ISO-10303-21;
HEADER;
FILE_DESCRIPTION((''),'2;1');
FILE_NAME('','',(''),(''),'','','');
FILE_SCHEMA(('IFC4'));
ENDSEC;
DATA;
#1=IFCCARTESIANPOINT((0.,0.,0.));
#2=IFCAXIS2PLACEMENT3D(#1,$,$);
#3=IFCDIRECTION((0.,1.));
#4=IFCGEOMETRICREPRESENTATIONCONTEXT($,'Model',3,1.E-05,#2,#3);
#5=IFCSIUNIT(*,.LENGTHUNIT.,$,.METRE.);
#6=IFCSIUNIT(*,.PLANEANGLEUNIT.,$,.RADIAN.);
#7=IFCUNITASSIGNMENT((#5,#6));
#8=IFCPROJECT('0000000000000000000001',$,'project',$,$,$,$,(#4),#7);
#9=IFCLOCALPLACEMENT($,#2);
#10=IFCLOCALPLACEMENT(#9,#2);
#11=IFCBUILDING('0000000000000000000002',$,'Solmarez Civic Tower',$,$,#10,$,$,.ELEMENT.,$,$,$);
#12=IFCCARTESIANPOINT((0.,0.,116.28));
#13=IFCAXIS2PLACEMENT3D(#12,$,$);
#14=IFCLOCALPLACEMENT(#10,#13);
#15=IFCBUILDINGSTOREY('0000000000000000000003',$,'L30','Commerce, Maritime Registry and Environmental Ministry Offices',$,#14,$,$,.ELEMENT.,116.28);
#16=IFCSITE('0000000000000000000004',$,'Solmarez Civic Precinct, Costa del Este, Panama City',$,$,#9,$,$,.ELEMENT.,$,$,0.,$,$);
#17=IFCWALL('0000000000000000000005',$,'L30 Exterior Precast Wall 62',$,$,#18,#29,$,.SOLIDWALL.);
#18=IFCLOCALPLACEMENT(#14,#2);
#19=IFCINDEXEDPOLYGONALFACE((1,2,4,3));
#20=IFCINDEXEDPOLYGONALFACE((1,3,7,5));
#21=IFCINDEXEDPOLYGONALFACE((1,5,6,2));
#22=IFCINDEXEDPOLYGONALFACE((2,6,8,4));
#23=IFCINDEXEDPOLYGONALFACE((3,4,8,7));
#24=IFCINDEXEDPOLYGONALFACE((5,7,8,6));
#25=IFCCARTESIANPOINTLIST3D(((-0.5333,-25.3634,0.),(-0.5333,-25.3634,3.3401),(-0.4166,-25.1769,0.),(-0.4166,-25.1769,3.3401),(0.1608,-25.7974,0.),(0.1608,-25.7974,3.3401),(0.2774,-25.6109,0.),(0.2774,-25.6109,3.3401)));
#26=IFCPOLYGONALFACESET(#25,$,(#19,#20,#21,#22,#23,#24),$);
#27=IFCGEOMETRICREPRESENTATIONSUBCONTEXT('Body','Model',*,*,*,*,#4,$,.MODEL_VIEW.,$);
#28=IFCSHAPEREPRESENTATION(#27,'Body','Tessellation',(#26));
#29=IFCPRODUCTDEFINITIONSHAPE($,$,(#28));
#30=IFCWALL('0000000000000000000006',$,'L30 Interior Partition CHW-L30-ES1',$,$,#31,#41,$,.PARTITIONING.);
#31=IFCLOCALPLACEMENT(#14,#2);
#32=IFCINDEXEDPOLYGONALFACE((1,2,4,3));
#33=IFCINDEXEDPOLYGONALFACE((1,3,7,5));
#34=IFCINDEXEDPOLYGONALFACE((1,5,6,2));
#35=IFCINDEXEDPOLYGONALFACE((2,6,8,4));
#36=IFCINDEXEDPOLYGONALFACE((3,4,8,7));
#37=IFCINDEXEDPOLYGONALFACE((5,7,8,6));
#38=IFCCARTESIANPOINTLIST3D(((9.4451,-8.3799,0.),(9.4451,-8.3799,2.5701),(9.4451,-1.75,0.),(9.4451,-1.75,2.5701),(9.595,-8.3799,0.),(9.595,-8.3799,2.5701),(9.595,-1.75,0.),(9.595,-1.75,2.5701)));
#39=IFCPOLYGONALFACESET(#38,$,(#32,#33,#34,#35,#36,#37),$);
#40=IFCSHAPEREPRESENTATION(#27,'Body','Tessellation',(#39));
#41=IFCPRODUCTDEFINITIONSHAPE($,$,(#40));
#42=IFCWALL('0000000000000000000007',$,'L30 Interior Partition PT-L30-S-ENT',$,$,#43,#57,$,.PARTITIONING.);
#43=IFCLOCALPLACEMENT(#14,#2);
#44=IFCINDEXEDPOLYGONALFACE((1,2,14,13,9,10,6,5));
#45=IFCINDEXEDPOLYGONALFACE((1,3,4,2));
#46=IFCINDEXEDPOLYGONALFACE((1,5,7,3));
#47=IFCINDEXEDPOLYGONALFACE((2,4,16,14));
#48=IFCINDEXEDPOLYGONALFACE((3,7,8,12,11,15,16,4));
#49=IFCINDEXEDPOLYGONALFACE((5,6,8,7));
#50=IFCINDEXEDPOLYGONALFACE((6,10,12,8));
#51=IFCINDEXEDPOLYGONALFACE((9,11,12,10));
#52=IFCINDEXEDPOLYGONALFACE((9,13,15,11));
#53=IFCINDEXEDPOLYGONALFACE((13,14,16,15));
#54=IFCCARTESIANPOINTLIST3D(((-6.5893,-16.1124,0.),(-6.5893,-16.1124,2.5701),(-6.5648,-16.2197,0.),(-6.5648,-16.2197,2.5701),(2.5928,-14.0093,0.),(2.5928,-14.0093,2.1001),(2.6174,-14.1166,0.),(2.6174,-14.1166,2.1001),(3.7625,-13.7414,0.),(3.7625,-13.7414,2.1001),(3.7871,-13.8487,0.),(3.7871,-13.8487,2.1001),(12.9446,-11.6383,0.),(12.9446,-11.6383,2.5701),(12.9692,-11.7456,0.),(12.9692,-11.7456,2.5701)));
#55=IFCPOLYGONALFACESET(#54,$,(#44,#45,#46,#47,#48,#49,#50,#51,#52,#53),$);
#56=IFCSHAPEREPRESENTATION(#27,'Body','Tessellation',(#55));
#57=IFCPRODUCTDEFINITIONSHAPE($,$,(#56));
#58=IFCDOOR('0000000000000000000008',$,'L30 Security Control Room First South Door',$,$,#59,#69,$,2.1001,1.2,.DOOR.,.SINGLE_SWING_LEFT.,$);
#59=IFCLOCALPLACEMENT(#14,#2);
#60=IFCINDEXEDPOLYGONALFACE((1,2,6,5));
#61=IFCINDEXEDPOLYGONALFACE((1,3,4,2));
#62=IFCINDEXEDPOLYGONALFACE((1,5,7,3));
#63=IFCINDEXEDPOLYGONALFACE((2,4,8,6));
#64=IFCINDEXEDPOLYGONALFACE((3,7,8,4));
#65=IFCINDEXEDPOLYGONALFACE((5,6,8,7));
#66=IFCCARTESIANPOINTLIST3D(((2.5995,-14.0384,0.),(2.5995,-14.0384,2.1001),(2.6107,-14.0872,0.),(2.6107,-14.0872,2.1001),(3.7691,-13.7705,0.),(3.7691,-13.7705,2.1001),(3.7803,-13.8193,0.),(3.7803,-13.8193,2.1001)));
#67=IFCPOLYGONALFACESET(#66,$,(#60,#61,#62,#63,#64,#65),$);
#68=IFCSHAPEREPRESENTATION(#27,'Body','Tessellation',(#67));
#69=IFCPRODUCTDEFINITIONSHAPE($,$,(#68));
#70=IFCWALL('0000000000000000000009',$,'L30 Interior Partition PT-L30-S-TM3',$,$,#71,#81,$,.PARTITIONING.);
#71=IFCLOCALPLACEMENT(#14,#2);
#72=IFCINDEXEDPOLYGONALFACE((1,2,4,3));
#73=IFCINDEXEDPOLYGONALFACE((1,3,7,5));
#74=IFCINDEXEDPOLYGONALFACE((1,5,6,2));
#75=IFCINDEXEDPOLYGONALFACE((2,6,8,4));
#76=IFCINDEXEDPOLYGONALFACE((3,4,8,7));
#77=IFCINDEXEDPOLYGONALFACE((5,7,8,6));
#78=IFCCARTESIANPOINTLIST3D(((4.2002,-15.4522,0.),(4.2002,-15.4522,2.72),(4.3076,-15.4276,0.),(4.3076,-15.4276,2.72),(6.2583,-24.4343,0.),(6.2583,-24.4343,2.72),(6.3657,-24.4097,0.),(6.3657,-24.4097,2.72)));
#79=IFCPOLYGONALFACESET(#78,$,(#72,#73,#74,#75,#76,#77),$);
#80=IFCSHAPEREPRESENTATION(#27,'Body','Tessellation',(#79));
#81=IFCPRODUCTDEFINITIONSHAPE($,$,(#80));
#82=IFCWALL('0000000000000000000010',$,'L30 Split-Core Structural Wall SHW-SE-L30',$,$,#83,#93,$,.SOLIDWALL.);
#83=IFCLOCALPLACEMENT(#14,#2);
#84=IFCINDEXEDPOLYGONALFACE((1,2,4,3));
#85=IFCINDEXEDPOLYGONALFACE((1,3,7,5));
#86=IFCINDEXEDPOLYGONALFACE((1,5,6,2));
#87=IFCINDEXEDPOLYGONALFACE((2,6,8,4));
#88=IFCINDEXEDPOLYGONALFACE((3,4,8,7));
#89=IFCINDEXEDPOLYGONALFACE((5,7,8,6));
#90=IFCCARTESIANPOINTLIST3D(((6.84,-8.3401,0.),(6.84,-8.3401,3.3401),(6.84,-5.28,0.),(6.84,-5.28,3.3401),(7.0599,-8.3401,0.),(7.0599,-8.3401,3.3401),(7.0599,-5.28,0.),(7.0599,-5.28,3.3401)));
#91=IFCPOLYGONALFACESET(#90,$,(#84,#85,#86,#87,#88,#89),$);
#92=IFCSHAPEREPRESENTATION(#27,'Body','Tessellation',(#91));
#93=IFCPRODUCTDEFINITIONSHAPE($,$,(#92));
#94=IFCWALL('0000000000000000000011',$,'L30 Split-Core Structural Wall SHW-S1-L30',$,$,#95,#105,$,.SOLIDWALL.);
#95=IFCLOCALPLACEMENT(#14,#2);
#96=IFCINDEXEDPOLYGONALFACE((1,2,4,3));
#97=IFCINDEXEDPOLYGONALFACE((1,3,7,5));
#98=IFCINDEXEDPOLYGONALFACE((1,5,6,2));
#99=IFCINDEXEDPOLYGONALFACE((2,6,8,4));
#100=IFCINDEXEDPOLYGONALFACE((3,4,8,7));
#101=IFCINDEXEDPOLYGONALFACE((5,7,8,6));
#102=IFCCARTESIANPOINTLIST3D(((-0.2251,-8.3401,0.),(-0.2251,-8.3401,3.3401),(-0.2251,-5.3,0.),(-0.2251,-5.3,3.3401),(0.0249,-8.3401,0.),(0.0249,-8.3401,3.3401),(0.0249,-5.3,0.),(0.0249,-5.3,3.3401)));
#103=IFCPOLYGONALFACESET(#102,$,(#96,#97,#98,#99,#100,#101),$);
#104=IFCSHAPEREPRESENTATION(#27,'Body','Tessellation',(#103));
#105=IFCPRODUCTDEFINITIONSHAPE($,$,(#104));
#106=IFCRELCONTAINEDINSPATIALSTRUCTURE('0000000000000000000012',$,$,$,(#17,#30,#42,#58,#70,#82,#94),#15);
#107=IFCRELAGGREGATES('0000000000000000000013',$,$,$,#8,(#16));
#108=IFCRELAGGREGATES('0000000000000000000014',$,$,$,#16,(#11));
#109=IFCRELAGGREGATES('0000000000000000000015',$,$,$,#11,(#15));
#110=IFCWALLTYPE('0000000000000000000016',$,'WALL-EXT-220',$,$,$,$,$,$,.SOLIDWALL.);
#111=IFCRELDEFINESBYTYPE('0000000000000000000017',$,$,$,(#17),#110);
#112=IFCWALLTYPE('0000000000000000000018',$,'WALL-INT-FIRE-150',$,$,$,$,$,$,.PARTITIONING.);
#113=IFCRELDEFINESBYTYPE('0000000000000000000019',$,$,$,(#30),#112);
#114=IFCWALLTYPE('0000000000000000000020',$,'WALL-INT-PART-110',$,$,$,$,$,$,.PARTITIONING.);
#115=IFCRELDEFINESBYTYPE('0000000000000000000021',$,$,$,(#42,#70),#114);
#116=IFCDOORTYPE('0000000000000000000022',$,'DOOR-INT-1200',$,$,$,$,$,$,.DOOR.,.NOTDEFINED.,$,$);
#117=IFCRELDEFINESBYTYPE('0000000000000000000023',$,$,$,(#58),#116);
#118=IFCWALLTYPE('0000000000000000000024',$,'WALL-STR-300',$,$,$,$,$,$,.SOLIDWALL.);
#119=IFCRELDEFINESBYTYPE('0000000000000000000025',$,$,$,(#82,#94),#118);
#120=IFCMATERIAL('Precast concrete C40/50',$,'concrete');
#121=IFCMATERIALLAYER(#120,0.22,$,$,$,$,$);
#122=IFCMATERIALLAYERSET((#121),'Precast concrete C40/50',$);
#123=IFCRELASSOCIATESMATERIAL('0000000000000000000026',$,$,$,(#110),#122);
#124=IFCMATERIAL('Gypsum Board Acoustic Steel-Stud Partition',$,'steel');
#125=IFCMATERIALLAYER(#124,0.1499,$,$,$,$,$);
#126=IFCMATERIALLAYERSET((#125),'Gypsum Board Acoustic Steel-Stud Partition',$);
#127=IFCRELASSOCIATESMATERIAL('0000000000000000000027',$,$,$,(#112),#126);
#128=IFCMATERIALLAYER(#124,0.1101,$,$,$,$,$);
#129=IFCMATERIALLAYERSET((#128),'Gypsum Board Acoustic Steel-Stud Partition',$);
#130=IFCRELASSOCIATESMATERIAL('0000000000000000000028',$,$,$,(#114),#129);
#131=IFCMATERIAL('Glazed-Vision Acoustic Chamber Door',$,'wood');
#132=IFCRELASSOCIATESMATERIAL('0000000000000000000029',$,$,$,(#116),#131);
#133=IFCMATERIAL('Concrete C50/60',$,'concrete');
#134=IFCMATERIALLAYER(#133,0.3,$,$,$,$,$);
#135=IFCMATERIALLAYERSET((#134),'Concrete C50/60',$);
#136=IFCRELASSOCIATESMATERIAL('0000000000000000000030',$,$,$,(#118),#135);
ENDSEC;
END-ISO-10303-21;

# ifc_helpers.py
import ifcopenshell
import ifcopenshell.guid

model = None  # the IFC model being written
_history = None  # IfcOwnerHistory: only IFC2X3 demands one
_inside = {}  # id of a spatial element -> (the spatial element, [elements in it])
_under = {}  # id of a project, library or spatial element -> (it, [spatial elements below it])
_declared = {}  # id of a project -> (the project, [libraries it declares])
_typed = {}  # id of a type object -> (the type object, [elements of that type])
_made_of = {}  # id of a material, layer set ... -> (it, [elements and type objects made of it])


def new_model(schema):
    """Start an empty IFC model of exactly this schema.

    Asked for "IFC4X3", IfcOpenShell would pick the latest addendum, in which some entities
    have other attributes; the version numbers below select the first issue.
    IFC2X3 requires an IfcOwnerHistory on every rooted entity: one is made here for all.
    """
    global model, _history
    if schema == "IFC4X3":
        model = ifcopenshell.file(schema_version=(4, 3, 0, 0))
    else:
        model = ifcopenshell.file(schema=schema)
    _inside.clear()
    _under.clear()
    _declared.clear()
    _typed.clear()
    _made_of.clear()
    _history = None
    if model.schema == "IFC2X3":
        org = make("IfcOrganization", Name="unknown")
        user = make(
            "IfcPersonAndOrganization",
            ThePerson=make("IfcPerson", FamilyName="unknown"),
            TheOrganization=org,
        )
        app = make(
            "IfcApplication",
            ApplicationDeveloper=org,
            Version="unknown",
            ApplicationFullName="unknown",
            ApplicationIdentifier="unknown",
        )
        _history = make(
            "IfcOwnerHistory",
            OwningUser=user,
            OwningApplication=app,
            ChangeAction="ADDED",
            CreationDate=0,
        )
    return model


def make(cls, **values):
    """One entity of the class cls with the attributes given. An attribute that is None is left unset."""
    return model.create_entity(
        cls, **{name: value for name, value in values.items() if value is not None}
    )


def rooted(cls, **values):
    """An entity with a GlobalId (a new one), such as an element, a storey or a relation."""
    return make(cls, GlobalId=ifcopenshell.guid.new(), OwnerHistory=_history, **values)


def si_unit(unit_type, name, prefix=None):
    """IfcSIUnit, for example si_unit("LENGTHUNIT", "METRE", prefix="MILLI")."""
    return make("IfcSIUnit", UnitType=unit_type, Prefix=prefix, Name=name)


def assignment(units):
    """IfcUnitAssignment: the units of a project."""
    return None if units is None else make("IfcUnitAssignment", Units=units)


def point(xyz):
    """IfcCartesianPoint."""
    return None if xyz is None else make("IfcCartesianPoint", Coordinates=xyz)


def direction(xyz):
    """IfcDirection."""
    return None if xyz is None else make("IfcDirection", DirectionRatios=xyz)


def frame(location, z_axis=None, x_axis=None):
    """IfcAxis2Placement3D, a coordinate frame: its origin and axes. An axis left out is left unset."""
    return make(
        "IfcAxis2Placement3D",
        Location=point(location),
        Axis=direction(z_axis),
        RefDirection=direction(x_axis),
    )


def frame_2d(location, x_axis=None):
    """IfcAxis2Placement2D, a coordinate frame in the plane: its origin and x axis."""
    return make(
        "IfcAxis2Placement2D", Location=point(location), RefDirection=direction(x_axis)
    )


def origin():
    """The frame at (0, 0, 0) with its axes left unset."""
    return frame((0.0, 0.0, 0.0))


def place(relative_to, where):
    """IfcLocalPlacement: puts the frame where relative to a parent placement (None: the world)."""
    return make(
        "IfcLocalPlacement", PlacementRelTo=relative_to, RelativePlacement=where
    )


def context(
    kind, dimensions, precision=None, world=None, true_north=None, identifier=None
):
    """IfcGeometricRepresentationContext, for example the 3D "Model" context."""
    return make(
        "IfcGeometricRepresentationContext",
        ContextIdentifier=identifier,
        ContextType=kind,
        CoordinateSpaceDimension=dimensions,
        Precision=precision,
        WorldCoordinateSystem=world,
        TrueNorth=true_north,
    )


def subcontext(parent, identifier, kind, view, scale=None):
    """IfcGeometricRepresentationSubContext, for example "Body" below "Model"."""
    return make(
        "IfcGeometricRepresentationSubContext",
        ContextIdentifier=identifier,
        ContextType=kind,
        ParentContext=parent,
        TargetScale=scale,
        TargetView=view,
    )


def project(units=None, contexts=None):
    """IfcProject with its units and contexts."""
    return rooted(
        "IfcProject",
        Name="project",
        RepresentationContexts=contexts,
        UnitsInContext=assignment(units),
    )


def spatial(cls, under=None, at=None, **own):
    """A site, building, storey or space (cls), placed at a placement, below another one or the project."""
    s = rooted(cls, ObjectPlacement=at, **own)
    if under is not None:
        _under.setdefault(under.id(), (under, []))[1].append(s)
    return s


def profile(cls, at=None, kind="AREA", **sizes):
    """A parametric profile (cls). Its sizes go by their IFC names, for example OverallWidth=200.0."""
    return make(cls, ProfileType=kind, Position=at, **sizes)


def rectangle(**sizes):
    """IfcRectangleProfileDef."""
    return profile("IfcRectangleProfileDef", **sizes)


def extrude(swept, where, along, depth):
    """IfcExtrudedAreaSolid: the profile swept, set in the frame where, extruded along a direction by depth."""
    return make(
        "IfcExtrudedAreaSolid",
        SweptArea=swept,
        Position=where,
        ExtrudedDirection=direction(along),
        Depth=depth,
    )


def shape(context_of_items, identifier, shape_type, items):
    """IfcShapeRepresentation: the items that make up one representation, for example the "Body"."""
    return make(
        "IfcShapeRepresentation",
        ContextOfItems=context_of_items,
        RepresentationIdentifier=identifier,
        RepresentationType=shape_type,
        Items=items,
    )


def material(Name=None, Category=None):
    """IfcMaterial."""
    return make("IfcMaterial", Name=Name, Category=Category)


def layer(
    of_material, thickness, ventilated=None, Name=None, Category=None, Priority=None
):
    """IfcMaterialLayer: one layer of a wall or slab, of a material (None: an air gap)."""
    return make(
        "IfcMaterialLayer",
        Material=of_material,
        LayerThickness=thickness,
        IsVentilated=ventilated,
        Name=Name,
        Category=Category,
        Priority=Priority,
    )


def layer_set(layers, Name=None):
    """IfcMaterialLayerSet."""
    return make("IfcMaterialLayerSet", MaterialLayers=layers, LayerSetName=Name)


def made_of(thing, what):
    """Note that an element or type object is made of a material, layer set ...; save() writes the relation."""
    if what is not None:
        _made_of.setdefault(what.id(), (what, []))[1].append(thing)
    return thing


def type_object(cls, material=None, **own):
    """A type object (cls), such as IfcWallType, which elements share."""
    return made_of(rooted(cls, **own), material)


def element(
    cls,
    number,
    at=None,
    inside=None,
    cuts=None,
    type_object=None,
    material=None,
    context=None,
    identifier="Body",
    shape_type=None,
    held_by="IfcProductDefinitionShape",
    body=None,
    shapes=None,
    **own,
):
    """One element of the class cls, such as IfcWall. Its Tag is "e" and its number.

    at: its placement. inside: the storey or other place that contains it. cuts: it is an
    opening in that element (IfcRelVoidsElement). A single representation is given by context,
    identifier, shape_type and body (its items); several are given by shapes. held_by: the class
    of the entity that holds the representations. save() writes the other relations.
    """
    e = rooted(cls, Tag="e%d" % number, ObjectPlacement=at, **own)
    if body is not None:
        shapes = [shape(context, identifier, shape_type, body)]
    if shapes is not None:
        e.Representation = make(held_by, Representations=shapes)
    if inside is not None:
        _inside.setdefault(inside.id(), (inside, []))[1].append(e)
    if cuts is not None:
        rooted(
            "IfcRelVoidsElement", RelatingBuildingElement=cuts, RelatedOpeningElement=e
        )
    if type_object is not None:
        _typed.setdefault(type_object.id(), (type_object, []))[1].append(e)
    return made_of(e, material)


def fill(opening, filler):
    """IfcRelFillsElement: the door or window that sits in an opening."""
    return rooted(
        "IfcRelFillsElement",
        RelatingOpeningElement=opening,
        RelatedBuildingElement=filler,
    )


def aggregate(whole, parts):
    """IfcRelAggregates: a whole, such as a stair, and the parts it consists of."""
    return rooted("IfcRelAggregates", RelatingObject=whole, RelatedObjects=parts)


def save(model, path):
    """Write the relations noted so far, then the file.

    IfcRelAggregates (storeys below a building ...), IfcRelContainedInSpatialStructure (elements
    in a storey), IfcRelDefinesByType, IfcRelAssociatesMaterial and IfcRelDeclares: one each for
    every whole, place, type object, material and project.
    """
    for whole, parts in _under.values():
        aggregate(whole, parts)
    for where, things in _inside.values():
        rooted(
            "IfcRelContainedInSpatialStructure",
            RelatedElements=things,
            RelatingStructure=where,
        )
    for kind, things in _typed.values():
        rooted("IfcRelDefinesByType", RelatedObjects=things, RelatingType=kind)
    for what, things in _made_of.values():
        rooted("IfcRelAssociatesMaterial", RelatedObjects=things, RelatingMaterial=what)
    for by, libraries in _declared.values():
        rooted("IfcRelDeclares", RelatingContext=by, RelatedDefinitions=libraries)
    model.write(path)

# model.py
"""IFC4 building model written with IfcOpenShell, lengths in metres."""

from ifc_helpers import new_model, si_unit, direction, frame, frame_2d, origin, place, context, subcontext, project, spatial, rectangle, extrude, material, layer, layer_set, type_object, element, fill, save


model = new_model("IFC4")

# Units and contexts
model_context = context("Model", 3, precision=1e-05, world=origin(), true_north=direction((0.0, 1.0)))
body_context = subcontext(model_context, "Body", "Model", "MODEL_VIEW")
ifc_project = project(units=[si_unit("LENGTHUNIT", "METRE"), si_unit("PLANEANGLEUNIT", "RADIAN")], contexts=[model_context])

# Site, building, storey
site_placement = place(None, origin())
site = spatial("IfcSite", under=ifc_project, at=site_placement, Name="Solmarez Civic Precinct, Costa del Este, Panama City", CompositionType="ELEMENT", RefElevation=0.0)
building_placement = place(site_placement, origin())
building = spatial("IfcBuilding", under=site, at=building_placement, Name="Solmarez Civic Tower", CompositionType="ELEMENT")
storey_placement = place(building_placement, frame((0.0, 0.0, 116.28)))
storey = spatial("IfcBuildingStorey", under=building, at=storey_placement, Name="L30", Description="Commerce, Maritime Registry and Environmental Ministry Offices", CompositionType="ELEMENT", Elevation=116.28)

# Shared definitions
ifc_material_1 = material(Name="Concrete C50/60", Category="concrete")

# Shared definitions
ifc_material_2 = material(Name="Precast concrete C40/50", Category="concrete")
ifc_layer_1 = layer(ifc_material_2, 0.22)
ifc_layer_set_1 = layer_set([ifc_layer_1], Name="Precast concrete C40/50")
wall_type_1 = type_object("IfcWallType", Name="WALL-EXT-220", PredefinedType="SOLIDWALL", material=ifc_layer_set_1)

# Walls
wall_1_placement = place(storey_placement, frame((0.219, -25.7041, 0.0), z_axis=(0.0, 0.0, 1.0), x_axis=(-0.847847, 0.53024, 0.0)))
element("IfcWall", 1, at=wall_1_placement, inside=storey, type_object=wall_type_1, Name="L30 Exterior Precast Wall 62", PredefinedType="SOLIDWALL", context=body_context, shape_type="SweptSolid", body=[
    extrude(rectangle(XDim=0.8186, YDim=0.22, at=frame_2d((0.4092, 0.0))), origin(), (0.0, 0.0, 1.0), 3.3401),
])
ifc_material_3 = material(Name="Gypsum Board Acoustic Steel-Stud Partition", Category="steel")
ifc_layer_2 = layer(ifc_material_3, 0.1499)
ifc_layer_set_2 = layer_set([ifc_layer_2], Name="Gypsum Board Acoustic Steel-Stud Partition")
wall_type_2 = type_object("IfcWallType", Name="WALL-INT-FIRE-150", PredefinedType="PARTITIONING", material=ifc_layer_set_2)
wall_2_placement = place(storey_placement, frame((9.52, -8.3799, 0.0), z_axis=(0.0, 0.0, 1.0), x_axis=(0.0, 1.0, 0.0)))
element("IfcWall", 2, at=wall_2_placement, inside=storey, type_object=wall_type_2, Name="L30 Interior Partition CHW-L30-ES1", PredefinedType="PARTITIONING", context=body_context, shape_type="SweptSolid", body=[
    extrude(rectangle(XDim=6.6299, YDim=0.1499, at=frame_2d((3.3149, 0.0))), origin(), (0.0, 0.0, 1.0), 2.5701),
])

# Wall, opening, door
ifc_layer_3 = layer(ifc_material_3, 0.1101)
ifc_layer_set_3 = layer_set([ifc_layer_3], Name="Gypsum Board Acoustic Steel-Stud Partition")
wall_type_3 = type_object("IfcWallType", Name="WALL-INT-PART-110", PredefinedType="PARTITIONING", material=ifc_layer_set_3)
wall_3_placement = place(storey_placement, frame((12.957, -11.6919, 0.0), z_axis=(0.0, 0.0, 1.0), x_axis=(-0.974758, -0.223262, 0.0)))
wall_3 = element("IfcWall", 3, at=wall_3_placement, inside=storey, type_object=wall_type_3, Name="L30 Interior Partition PT-L30-S-ENT", PredefinedType="PARTITIONING", context=body_context, shape_type="SweptSolid", body=[
    extrude(rectangle(XDim=20.0398, YDim=0.1101, at=frame_2d((10.02, 0.0))), origin(), (0.0, 0.0, 1.0), 2.5701),
])
opening_1_placement = place(wall_3_placement, frame((9.4199, 0.0, 0.0)))
opening_1 = element("IfcOpeningElement", 4, at=opening_1_placement, cuts=wall_3, PredefinedType="OPENING", context=body_context, shape_type="SweptSolid", body=[
    extrude(rectangle(XDim=1.2, YDim=2.1001, at=frame_2d((0.6001, 1.05))), frame((0.0, 0.0649, 0.0), z_axis=(0.0, -1.0, 0.0), x_axis=(1.0, 0.0, 0.0)), (0.0, 0.0, 1.0), 0.1301),
])
ifc_material_4 = material(Name="Glazed-Vision Acoustic Chamber Door", Category="wood")
door_type = type_object("IfcDoorType", Name="DOOR-INT-1200", OperationType="NOTDEFINED", PredefinedType="DOOR", material=ifc_material_4)
door_placement = place(opening_1_placement, origin())
door = element("IfcDoor", 5, at=door_placement, inside=storey, type_object=door_type, Name="L30 Security Control Room First South Door", OperationType="SINGLE_SWING_LEFT", OverallHeight=2.1001, OverallWidth=1.2, PredefinedType="DOOR", context=body_context, shape_type="SweptSolid", body=[
    extrude(rectangle(XDim=1.2, YDim=2.1001, at=frame_2d((0.6001, 1.05))), frame((0.0, 0.0249, 0.0), z_axis=(0.0, -1.0, 0.0), x_axis=(1.0, 0.0, 0.0)), (0.0, 0.0, 1.0), 0.05),
])
fill(opening_1, door)

# Walls
wall_4_placement = place(storey_placement, frame((4.2539, -15.4399, 0.0), z_axis=(0.0, 0.0, 1.0), x_axis=(0.223344, -0.97474, 0.0)))
element("IfcWall", 6, at=wall_4_placement, inside=storey, type_object=wall_type_3, Name="L30 Interior Partition PT-L30-S-TM3", PredefinedType="PARTITIONING", context=body_context, shape_type="SweptSolid", body=[
    extrude(rectangle(XDim=9.2148, YDim=0.1101, at=frame_2d((4.6074, 0.0))), origin(), (0.0, 0.0, 1.0), 2.72),
])
ifc_layer_4 = layer(ifc_material_1, 0.3)
ifc_layer_set_4 = layer_set([ifc_layer_4], Name="Concrete C50/60")
wall_type_4 = type_object("IfcWallType", Name="WALL-STR-300", PredefinedType="SOLIDWALL", material=ifc_layer_set_4)
wall_5_placement = place(storey_placement, frame((6.95, -8.3401, 0.0), z_axis=(0.0, 0.0, 1.0), x_axis=(0.0, 1.0, 0.0)))
element("IfcWall", 7, at=wall_5_placement, inside=storey, type_object=wall_type_4, Name="L30 Split-Core Structural Wall SHW-SE-L30", PredefinedType="SOLIDWALL", context=body_context, shape_type="SweptSolid", body=[
    extrude(rectangle(XDim=3.0601, YDim=0.22, at=frame_2d((1.53, 0.0))), origin(), (0.0, 0.0, 1.0), 3.3401),
])
wall_6_placement = place(storey_placement, frame((-0.1001, -8.3401, 0.0), z_axis=(0.0, 0.0, 1.0), x_axis=(0.0, 1.0, 0.0)))
element("IfcWall", 8, at=wall_6_placement, inside=storey, type_object=wall_type_4, Name="L30 Split-Core Structural Wall SHW-S1-L30", PredefinedType="SOLIDWALL", context=body_context, shape_type="SweptSolid", body=[
    extrude(rectangle(XDim=3.04, YDim=0.25, at=frame_2d((1.52, 0.0))), origin(), (0.0, 0.0, 1.0), 3.3401),
])

save(model, "model.ifc")
